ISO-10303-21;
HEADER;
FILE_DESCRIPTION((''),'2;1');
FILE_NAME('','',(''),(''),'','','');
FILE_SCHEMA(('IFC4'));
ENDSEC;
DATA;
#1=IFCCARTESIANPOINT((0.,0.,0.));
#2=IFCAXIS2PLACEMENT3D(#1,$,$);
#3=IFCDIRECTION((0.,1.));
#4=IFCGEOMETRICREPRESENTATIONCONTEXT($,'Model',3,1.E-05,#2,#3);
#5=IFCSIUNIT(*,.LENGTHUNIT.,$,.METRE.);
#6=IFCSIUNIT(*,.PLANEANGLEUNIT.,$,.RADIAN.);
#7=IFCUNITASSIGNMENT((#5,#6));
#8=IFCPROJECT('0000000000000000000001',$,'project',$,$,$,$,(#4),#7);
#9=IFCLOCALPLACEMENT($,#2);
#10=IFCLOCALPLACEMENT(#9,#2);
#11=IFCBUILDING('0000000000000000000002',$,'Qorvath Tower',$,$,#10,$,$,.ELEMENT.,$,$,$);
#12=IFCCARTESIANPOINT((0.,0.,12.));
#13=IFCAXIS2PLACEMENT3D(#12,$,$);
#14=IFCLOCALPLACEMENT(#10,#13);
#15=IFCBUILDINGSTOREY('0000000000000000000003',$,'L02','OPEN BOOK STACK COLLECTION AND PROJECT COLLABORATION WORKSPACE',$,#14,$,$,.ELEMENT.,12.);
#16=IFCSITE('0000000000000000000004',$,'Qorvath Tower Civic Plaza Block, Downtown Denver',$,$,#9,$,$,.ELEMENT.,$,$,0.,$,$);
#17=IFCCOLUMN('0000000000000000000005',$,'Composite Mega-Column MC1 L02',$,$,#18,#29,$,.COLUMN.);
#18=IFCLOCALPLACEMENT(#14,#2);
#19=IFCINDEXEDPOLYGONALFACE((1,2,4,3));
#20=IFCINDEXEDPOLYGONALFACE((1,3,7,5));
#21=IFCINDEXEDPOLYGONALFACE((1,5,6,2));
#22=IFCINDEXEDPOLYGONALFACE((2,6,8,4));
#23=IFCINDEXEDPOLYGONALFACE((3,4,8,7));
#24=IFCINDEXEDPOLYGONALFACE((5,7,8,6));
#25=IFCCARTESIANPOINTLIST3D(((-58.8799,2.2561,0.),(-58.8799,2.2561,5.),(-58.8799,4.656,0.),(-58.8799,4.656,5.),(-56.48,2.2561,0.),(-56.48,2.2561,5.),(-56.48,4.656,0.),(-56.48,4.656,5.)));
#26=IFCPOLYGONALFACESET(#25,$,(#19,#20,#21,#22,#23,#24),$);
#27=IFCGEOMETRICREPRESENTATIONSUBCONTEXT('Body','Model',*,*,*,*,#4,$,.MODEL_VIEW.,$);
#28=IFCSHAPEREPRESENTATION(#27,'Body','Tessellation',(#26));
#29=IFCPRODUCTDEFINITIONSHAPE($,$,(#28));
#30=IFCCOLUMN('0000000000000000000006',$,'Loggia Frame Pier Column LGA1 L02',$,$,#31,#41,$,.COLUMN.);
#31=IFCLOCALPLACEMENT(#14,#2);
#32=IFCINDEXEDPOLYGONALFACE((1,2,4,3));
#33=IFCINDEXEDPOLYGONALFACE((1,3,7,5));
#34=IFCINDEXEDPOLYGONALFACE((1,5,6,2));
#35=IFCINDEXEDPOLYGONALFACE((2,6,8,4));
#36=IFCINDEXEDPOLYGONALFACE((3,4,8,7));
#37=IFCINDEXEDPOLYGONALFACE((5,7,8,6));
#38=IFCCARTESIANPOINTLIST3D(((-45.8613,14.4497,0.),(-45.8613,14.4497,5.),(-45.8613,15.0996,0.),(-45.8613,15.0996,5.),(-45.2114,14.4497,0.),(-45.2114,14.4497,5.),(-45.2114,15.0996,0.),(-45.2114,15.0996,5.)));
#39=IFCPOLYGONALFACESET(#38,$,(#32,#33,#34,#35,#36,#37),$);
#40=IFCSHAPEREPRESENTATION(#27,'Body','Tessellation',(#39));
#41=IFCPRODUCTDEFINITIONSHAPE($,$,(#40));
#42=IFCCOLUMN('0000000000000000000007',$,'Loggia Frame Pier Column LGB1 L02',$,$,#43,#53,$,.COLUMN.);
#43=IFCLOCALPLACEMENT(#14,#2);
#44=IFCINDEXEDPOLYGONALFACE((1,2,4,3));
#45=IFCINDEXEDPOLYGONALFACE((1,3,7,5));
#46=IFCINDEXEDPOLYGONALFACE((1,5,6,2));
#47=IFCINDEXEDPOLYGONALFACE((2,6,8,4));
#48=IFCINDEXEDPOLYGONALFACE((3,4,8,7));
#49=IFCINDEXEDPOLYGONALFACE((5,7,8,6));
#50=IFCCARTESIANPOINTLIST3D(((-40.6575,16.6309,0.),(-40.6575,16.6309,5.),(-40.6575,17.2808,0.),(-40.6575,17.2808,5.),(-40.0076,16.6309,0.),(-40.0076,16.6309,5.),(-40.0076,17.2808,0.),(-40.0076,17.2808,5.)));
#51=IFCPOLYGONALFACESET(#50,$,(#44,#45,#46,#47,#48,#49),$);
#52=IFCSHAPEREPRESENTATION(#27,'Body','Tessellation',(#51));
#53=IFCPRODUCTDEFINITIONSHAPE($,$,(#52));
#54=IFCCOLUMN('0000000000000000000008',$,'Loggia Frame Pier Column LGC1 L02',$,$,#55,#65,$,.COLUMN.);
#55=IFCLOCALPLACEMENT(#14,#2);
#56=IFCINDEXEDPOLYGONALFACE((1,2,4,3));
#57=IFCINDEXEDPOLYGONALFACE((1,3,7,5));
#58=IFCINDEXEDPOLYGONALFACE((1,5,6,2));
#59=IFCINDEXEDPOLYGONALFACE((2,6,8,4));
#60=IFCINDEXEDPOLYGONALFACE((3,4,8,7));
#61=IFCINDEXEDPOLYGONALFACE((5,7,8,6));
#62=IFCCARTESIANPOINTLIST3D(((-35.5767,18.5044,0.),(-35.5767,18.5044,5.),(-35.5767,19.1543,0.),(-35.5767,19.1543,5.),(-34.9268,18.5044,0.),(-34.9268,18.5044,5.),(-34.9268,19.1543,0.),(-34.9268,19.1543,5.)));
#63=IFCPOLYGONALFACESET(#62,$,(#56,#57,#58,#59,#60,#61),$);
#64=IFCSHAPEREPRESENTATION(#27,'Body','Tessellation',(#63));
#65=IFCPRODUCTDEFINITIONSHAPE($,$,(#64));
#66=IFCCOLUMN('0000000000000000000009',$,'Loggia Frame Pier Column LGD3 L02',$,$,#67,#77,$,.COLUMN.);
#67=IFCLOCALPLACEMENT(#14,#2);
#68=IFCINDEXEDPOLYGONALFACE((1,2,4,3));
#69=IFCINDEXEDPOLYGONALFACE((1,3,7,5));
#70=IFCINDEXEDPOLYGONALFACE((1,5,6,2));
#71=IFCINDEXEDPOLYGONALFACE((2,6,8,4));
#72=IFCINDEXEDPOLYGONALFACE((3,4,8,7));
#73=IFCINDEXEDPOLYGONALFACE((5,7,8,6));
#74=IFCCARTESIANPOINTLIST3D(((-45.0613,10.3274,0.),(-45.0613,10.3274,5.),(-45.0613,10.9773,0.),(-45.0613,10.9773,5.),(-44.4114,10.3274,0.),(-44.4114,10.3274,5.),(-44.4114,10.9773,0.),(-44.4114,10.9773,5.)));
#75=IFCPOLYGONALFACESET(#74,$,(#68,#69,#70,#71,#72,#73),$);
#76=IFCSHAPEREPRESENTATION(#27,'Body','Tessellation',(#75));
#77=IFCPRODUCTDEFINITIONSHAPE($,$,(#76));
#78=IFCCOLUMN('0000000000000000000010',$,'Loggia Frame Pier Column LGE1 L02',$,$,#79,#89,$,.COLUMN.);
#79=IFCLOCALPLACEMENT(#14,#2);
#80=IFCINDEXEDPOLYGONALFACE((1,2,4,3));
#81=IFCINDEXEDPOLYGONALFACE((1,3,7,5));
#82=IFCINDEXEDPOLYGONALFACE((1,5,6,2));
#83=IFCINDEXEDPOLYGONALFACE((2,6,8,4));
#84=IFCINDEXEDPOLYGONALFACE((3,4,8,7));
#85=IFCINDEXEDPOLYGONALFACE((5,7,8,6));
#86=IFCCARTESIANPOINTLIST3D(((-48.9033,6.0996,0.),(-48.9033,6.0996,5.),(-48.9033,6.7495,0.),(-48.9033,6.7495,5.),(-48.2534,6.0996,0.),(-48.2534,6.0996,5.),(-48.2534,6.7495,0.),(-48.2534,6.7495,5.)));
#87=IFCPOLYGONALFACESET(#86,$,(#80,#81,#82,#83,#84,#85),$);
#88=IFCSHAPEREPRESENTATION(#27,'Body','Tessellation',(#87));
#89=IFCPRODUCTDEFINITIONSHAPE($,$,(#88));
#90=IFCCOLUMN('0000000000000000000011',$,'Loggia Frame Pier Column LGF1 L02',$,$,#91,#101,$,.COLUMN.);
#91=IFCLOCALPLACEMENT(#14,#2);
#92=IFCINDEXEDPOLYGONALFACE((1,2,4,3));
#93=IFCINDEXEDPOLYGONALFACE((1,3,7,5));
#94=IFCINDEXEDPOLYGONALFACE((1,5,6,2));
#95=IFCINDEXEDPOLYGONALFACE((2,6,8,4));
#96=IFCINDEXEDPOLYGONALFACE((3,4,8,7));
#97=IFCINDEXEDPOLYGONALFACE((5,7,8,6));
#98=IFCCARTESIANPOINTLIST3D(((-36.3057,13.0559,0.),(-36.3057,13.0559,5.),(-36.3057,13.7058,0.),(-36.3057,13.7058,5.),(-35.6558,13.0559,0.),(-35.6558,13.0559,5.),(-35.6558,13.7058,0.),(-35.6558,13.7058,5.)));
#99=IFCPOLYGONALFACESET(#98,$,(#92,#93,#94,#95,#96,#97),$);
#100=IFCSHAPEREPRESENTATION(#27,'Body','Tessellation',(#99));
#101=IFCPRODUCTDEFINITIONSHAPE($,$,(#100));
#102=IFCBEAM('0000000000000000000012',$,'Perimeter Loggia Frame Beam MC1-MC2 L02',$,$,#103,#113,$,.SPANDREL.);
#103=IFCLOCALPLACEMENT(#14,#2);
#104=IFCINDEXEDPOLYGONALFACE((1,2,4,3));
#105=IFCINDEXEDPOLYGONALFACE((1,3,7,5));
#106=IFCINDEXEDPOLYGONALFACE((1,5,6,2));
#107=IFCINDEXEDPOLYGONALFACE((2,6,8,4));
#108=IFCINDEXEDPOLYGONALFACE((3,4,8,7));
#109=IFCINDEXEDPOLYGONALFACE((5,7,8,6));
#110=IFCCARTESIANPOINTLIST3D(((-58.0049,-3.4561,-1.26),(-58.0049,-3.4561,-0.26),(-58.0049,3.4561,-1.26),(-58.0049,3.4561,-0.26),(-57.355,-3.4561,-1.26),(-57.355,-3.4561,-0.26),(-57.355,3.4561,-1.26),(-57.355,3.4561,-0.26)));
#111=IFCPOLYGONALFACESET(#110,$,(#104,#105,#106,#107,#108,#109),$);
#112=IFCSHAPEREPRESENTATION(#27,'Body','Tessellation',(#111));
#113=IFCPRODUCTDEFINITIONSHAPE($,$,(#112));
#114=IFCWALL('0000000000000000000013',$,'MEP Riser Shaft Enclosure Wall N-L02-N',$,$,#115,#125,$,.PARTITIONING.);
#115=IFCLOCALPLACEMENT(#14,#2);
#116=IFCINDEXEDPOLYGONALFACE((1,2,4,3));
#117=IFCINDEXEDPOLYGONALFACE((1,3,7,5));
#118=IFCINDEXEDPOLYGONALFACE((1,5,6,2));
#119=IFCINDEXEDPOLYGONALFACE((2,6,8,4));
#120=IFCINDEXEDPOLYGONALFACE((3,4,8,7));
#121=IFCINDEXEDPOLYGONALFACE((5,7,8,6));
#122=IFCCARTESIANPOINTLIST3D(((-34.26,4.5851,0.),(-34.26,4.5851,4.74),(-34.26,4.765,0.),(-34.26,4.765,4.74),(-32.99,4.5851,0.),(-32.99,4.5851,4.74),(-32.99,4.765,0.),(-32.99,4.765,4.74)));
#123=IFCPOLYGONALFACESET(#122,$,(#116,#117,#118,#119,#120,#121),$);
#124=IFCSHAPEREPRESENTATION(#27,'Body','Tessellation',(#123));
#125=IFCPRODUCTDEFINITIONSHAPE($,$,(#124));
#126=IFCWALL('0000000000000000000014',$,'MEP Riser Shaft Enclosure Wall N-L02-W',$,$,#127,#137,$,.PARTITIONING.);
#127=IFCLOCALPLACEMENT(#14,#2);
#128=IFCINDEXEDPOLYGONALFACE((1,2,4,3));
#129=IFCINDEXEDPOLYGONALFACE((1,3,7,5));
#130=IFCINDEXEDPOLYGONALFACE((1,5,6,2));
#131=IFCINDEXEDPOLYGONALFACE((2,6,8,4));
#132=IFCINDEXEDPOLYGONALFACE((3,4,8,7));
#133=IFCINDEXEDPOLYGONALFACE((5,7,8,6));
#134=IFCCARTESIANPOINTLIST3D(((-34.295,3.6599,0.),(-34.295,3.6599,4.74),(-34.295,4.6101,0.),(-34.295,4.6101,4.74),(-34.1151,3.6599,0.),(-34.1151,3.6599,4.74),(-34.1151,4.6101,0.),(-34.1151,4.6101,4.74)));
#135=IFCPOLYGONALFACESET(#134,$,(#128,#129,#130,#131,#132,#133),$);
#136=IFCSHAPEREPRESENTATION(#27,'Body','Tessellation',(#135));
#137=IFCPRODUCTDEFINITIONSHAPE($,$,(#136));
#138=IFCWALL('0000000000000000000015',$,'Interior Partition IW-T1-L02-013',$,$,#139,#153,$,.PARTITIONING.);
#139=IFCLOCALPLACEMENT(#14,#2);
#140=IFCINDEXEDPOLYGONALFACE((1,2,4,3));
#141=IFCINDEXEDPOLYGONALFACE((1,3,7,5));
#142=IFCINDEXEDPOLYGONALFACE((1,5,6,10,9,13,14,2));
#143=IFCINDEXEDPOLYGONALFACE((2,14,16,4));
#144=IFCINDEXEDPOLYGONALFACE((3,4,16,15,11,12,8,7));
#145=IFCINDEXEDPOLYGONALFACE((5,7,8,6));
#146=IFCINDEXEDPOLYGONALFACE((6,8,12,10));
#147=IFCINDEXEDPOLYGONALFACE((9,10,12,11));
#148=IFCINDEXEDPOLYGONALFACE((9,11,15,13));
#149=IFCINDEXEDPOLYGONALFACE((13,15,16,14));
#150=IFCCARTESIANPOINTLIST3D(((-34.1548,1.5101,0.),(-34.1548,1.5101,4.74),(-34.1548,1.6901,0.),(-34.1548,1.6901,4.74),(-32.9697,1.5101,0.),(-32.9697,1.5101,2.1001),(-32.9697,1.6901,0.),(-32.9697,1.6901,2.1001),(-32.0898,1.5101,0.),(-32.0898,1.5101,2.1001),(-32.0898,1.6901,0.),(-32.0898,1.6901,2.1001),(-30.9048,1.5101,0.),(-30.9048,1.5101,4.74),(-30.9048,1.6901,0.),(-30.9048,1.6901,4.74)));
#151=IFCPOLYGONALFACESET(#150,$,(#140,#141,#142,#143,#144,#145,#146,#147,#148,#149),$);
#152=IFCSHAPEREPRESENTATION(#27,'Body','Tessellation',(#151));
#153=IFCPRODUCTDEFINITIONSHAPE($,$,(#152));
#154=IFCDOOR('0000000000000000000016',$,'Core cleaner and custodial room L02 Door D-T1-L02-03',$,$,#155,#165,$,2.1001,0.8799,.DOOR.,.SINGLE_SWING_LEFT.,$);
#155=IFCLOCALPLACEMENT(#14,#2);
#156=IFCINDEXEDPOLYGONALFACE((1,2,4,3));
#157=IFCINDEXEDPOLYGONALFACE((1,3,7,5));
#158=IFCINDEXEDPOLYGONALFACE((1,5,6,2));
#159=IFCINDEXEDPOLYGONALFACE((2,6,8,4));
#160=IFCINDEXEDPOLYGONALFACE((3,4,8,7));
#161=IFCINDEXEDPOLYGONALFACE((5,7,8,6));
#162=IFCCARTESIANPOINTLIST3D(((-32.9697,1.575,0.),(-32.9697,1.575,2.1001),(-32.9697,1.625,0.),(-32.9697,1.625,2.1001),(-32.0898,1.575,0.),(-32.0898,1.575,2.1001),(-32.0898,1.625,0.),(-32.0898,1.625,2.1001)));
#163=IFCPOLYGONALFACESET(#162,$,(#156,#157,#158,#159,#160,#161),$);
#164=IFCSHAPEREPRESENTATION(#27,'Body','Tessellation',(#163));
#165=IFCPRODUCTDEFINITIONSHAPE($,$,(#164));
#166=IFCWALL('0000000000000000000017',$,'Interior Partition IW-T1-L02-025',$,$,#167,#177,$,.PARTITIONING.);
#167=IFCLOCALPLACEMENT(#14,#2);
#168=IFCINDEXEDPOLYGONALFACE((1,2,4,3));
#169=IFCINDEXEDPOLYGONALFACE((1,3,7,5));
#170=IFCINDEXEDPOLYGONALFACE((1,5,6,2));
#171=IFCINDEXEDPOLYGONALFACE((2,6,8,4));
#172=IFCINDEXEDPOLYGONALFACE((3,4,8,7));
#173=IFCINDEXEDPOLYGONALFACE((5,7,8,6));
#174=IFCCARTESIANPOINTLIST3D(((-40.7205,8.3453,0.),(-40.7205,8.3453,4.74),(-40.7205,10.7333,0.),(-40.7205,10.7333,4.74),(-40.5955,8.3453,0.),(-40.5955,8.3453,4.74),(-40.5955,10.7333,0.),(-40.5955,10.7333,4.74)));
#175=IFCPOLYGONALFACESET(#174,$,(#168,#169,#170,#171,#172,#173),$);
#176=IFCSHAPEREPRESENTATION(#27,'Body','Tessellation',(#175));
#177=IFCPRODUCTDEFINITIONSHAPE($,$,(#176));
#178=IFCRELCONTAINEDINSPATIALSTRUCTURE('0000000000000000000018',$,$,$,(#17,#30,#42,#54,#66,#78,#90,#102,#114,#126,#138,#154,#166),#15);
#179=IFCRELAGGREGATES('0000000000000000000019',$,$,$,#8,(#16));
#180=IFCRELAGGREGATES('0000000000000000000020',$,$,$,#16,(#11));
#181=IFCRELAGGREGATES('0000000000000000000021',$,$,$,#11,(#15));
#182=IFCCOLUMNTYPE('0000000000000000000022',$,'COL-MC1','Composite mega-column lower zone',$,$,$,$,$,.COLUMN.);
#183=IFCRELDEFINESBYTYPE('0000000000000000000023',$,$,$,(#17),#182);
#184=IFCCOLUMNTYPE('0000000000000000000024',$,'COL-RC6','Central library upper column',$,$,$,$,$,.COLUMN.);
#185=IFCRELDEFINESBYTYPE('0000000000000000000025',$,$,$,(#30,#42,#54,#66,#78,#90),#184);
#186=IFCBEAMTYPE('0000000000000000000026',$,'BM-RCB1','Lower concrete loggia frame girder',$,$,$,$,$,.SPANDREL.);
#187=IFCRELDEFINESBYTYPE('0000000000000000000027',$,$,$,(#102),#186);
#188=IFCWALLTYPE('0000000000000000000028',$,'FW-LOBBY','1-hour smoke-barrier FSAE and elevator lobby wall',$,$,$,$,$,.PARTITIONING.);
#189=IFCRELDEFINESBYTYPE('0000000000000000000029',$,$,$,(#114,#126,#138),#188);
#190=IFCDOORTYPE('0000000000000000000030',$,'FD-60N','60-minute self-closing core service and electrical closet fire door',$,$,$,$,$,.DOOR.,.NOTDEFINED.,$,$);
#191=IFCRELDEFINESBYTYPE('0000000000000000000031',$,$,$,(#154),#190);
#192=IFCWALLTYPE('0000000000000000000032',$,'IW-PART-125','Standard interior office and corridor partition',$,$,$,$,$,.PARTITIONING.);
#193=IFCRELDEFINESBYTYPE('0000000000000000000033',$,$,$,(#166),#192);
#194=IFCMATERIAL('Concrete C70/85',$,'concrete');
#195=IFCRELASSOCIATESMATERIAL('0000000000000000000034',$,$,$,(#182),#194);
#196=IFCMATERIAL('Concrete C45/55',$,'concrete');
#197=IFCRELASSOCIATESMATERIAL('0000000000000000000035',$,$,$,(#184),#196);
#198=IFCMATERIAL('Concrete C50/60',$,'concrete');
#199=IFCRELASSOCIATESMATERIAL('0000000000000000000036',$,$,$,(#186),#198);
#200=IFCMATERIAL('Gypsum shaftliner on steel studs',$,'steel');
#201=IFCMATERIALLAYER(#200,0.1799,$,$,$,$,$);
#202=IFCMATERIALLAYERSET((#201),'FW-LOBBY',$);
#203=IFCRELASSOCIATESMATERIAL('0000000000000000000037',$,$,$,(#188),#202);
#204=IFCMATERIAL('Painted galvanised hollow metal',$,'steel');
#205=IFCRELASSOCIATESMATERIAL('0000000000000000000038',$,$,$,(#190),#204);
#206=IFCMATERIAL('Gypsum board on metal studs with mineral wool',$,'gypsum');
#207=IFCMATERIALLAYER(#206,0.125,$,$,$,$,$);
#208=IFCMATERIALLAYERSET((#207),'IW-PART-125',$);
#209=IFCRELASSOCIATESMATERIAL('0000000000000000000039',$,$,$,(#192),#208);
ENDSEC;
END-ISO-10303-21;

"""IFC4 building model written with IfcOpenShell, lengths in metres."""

from ifc_helpers import new_model, si_unit, direction, frame, frame_2d, origin, origin_2d, place, context, subcontext, project, spatial, rectangle, extrude, material, layer, layer_set, material_profile, profile_set, type_object, element, fill, save


model = new_model("IFC4")

# Units and contexts
model_context = context("Model", 3, precision=1e-05, world=origin(), true_north=direction((0.0, 1.0)))
body_context = subcontext(model_context, "Body", "Model", "MODEL_VIEW")
ifc_project = project(units=[si_unit("LENGTHUNIT", "METRE"), si_unit("PLANEANGLEUNIT", "RADIAN")], contexts=[model_context])

# Site, building, storey
site_placement = place(None, origin())
site = spatial("IfcSite", under=ifc_project, at=site_placement, Name="Qorvath Tower Civic Plaza Block, Downtown Denver", CompositionType="ELEMENT", RefElevation=0.0)
building_placement = place(site_placement, origin())
building = spatial("IfcBuilding", under=site, at=building_placement, Name="Qorvath Tower", CompositionType="ELEMENT")
storey_placement = place(building_placement, frame((0.0, 0.0, 12.0)))
storey = spatial("IfcBuildingStorey", under=building, at=storey_placement, Name="L02", Description="OPEN BOOK STACK COLLECTION AND PROJECT COLLABORATION WORKSPACE", CompositionType="ELEMENT", Elevation=12.0)

# Columns
ifc_material_1 = material(Name="Concrete C70/85", Category="concrete")
ifc_material_profile_1 = material_profile(ifc_material_1, rectangle(XDim=2.3999, YDim=2.3999, at=origin_2d()), Name="MC 2400x2400")
ifc_profile_set_1 = profile_set([ifc_material_profile_1], Name="Concrete C70/85")
column_type_1 = type_object("IfcColumnType", Name="COL-MC1", Description="Composite mega-column lower zone", PredefinedType="COLUMN", material=ifc_profile_set_1)
column_placement = place(storey_placement, frame((-57.6799, 3.4561, 0.0), z_axis=(0.0, 0.0, 1.0), x_axis=(1.0, 0.0, 0.0)))
element("IfcColumn", 1, at=column_placement, inside=storey, type_object=column_type_1, Name="Composite Mega-Column MC1 L02", PredefinedType="COLUMN", context=body_context, shape_type="SweptSolid", body=[
    extrude(rectangle(XDim=2.3999, YDim=2.3999, at=origin_2d()), origin(), (0.0, 0.0, 1.0), 5.0),
])
ifc_material_2 = material(Name="Concrete C45/55", Category="concrete")
ifc_material_profile_2 = material_profile(ifc_material_2, rectangle(XDim=0.6499, YDim=0.6499, at=origin_2d()), Name="RC 650x650")
ifc_profile_set_2 = profile_set([ifc_material_profile_2], Name="Concrete C45/55")
column_type_2 = type_object("IfcColumnType", Name="COL-RC6", Description="Central library upper column", PredefinedType="COLUMN", material=ifc_profile_set_2)
for number, where, z_axis, x_axis, name in (
    (2, (-45.5364, 14.7747, 0.0), (0.0, 0.0, 1.0), (1.0, 0.0, 0.0), "Loggia Frame Pier Column LGA1 L02"),
    (3, (-40.3325, 16.9558, 0.0), (0.0, 0.0, 1.0), (1.0, 0.0, 0.0), "Loggia Frame Pier Column LGB1 L02"),
    (4, (-35.2517, 18.8293, 0.0), (0.0, 0.0, 1.0), (1.0, 0.0, 0.0), "Loggia Frame Pier Column LGC1 L02"),
    (5, (-44.7363, 10.6523, 0.0), (0.0, 0.0, 1.0), (1.0, 0.0, 0.0), "Loggia Frame Pier Column LGD3 L02"),
    (6, (-48.5784, 6.4246, 0.0), (0.0, 0.0, 1.0), (1.0, 0.0, 0.0), "Loggia Frame Pier Column LGE1 L02"),
    (7, (-35.9807, 13.3809, 0.0), (0.0, 0.0, 1.0), (1.0, 0.0, 0.0), "Loggia Frame Pier Column LGF1 L02"),
):
    element("IfcColumn", number, at=place(storey_placement, frame(where, z_axis=z_axis, x_axis=x_axis)), inside=storey, type_object=column_type_2, Name=name, PredefinedType="COLUMN", context=body_context, shape_type="SweptSolid", body=[
        extrude(rectangle(XDim=0.6499, YDim=0.6499, at=origin_2d()), origin(), (0.0, 0.0, 1.0), 5.0),
    ])

# Beam
ifc_material_3 = material(Name="Concrete C50/60", Category="concrete")
ifc_material_profile_3 = material_profile(ifc_material_3, rectangle(XDim=0.6499, YDim=1.0, at=origin_2d()), Name="RCB 1000x650")
ifc_profile_set_3 = profile_set([ifc_material_profile_3], Name="Concrete C50/60")
beam_type = type_object("IfcBeamType", Name="BM-RCB1", Description="Lower concrete loggia frame girder", PredefinedType="SPANDREL", material=ifc_profile_set_3)
beam_placement = place(storey_placement, frame((-57.6799, 3.4561, -0.76), z_axis=(0.0, -1.0, 0.0), x_axis=(1.0, 0.0, 0.0)))
element("IfcBeam", 8, at=beam_placement, inside=storey, type_object=beam_type, Name="Perimeter Loggia Frame Beam MC1-MC2 L02", PredefinedType="SPANDREL", context=body_context, shape_type="SweptSolid", body=[
    extrude(rectangle(XDim=0.6499, YDim=1.0, at=origin_2d()), origin(), (0.0, 0.0, 1.0), 6.9121),
])

# Walls
ifc_material_4 = material(Name="Gypsum shaftliner on steel studs", Category="steel")
ifc_layer_1 = layer(ifc_material_4, 0.1799)
ifc_layer_set_1 = layer_set([ifc_layer_1], Name="FW-LOBBY")
wall_type_1 = type_object("IfcWallType", Name="FW-LOBBY", Description="1-hour smoke-barrier FSAE and elevator lobby wall", PredefinedType="PARTITIONING", material=ifc_layer_set_1)
wall_1_placement = place(storey_placement, frame((-34.26, 4.675, 0.0), z_axis=(0.0, 0.0, 1.0), x_axis=(1.0, 0.0, 0.0)))
element("IfcWall", 9, at=wall_1_placement, inside=storey, type_object=wall_type_1, Name="MEP Riser Shaft Enclosure Wall N-L02-N", PredefinedType="PARTITIONING", context=body_context, shape_type="SweptSolid", body=[
    extrude(rectangle(XDim=1.27, YDim=0.1799, at=frame_2d((0.635, 0.0))), origin(), (0.0, 0.0, 1.0), 4.74),
])
wall_2_placement = place(storey_placement, frame((-34.2051, 3.6599, 0.0), z_axis=(0.0, 0.0, 1.0), x_axis=(0.0, 1.0, 0.0)))
element("IfcWall", 10, at=wall_2_placement, inside=storey, type_object=wall_type_1, Name="MEP Riser Shaft Enclosure Wall N-L02-W", PredefinedType="PARTITIONING", context=body_context, shape_type="SweptSolid", body=[
    extrude(rectangle(XDim=0.9502, YDim=0.1799, at=frame_2d((0.4751, 0.0))), origin(), (0.0, 0.0, 1.0), 4.74),
])

# Wall, opening, door
wall_3_placement = place(storey_placement, frame((-34.1548, 1.6001, 0.0), z_axis=(0.0, 0.0, 1.0), x_axis=(1.0, 0.0, 0.0)))
wall_3 = element("IfcWall", 11, at=wall_3_placement, inside=storey, type_object=wall_type_1, Name="Interior Partition IW-T1-L02-013", PredefinedType="PARTITIONING", context=body_context, shape_type="SweptSolid", body=[
    extrude(rectangle(XDim=3.25, YDim=0.1799, at=frame_2d((1.625, 0.0))), origin(), (0.0, 0.0, 1.0), 4.74),
])
opening_1_placement = place(wall_3_placement, frame((1.1851, 0.0, 0.0)))
opening_1 = element("IfcOpeningElement", 12, at=opening_1_placement, cuts=wall_3, PredefinedType="OPENING", context=body_context, shape_type="SweptSolid", body=[
    extrude(rectangle(XDim=0.8799, YDim=2.1001, at=frame_2d((0.4399, 1.05))), frame((0.0, 0.1001, 0.0), z_axis=(0.0, -1.0, 0.0), x_axis=(1.0, 0.0, 0.0)), (0.0, 0.0, 1.0), 0.2),
])
ifc_material_5 = material(Name="Painted galvanised hollow metal", Category="steel")
door_type_1 = type_object("IfcDoorType", Name="FD-60N", Description="60-minute self-closing core service and electrical closet fire door", OperationType="NOTDEFINED", PredefinedType="DOOR", material=ifc_material_5)
door_1_placement = place(opening_1_placement, origin())
door_1 = element("IfcDoor", 13, at=door_1_placement, inside=storey, type_object=door_type_1, Name="Core cleaner and custodial room L02 Door D-T1-L02-03", OperationType="SINGLE_SWING_LEFT", OverallHeight=2.1001, OverallWidth=0.8799, PredefinedType="DOOR", context=body_context, shape_type="SweptSolid", body=[
    extrude(rectangle(XDim=0.8799, YDim=2.1001, at=frame_2d((0.4399, 1.05))), frame((0.0, 0.0249, 0.0), z_axis=(0.0, -1.0, 0.0), x_axis=(1.0, 0.0, 0.0)), (0.0, 0.0, 1.0), 0.05),
])
fill(opening_1, door_1)

# Wall
ifc_material_6 = material(Name="Gypsum board on metal studs with mineral wool", Category="gypsum")
ifc_layer_2 = layer(ifc_material_6, 0.125)
ifc_layer_set_2 = layer_set([ifc_layer_2], Name="IW-PART-125")
wall_type_2 = type_object("IfcWallType", Name="IW-PART-125", Description="Standard interior office and corridor partition", PredefinedType="PARTITIONING", material=ifc_layer_set_2)
wall_4_placement = place(storey_placement, frame((-40.658, 10.7332, 0.0), z_axis=(0.0, 0.0, 1.0), x_axis=(0.0, -1.0, 0.0)))
element("IfcWall", 14, at=wall_4_placement, inside=storey, type_object=wall_type_2, Name="Interior Partition IW-T1-L02-025", PredefinedType="PARTITIONING", context=body_context, shape_type="SweptSolid", body=[
    extrude(rectangle(XDim=2.3879, YDim=0.125, at=frame_2d((1.1938, 0.0))), origin(), (0.0, 0.0, 1.0), 4.74),
])

save(model, "model.ifc")
